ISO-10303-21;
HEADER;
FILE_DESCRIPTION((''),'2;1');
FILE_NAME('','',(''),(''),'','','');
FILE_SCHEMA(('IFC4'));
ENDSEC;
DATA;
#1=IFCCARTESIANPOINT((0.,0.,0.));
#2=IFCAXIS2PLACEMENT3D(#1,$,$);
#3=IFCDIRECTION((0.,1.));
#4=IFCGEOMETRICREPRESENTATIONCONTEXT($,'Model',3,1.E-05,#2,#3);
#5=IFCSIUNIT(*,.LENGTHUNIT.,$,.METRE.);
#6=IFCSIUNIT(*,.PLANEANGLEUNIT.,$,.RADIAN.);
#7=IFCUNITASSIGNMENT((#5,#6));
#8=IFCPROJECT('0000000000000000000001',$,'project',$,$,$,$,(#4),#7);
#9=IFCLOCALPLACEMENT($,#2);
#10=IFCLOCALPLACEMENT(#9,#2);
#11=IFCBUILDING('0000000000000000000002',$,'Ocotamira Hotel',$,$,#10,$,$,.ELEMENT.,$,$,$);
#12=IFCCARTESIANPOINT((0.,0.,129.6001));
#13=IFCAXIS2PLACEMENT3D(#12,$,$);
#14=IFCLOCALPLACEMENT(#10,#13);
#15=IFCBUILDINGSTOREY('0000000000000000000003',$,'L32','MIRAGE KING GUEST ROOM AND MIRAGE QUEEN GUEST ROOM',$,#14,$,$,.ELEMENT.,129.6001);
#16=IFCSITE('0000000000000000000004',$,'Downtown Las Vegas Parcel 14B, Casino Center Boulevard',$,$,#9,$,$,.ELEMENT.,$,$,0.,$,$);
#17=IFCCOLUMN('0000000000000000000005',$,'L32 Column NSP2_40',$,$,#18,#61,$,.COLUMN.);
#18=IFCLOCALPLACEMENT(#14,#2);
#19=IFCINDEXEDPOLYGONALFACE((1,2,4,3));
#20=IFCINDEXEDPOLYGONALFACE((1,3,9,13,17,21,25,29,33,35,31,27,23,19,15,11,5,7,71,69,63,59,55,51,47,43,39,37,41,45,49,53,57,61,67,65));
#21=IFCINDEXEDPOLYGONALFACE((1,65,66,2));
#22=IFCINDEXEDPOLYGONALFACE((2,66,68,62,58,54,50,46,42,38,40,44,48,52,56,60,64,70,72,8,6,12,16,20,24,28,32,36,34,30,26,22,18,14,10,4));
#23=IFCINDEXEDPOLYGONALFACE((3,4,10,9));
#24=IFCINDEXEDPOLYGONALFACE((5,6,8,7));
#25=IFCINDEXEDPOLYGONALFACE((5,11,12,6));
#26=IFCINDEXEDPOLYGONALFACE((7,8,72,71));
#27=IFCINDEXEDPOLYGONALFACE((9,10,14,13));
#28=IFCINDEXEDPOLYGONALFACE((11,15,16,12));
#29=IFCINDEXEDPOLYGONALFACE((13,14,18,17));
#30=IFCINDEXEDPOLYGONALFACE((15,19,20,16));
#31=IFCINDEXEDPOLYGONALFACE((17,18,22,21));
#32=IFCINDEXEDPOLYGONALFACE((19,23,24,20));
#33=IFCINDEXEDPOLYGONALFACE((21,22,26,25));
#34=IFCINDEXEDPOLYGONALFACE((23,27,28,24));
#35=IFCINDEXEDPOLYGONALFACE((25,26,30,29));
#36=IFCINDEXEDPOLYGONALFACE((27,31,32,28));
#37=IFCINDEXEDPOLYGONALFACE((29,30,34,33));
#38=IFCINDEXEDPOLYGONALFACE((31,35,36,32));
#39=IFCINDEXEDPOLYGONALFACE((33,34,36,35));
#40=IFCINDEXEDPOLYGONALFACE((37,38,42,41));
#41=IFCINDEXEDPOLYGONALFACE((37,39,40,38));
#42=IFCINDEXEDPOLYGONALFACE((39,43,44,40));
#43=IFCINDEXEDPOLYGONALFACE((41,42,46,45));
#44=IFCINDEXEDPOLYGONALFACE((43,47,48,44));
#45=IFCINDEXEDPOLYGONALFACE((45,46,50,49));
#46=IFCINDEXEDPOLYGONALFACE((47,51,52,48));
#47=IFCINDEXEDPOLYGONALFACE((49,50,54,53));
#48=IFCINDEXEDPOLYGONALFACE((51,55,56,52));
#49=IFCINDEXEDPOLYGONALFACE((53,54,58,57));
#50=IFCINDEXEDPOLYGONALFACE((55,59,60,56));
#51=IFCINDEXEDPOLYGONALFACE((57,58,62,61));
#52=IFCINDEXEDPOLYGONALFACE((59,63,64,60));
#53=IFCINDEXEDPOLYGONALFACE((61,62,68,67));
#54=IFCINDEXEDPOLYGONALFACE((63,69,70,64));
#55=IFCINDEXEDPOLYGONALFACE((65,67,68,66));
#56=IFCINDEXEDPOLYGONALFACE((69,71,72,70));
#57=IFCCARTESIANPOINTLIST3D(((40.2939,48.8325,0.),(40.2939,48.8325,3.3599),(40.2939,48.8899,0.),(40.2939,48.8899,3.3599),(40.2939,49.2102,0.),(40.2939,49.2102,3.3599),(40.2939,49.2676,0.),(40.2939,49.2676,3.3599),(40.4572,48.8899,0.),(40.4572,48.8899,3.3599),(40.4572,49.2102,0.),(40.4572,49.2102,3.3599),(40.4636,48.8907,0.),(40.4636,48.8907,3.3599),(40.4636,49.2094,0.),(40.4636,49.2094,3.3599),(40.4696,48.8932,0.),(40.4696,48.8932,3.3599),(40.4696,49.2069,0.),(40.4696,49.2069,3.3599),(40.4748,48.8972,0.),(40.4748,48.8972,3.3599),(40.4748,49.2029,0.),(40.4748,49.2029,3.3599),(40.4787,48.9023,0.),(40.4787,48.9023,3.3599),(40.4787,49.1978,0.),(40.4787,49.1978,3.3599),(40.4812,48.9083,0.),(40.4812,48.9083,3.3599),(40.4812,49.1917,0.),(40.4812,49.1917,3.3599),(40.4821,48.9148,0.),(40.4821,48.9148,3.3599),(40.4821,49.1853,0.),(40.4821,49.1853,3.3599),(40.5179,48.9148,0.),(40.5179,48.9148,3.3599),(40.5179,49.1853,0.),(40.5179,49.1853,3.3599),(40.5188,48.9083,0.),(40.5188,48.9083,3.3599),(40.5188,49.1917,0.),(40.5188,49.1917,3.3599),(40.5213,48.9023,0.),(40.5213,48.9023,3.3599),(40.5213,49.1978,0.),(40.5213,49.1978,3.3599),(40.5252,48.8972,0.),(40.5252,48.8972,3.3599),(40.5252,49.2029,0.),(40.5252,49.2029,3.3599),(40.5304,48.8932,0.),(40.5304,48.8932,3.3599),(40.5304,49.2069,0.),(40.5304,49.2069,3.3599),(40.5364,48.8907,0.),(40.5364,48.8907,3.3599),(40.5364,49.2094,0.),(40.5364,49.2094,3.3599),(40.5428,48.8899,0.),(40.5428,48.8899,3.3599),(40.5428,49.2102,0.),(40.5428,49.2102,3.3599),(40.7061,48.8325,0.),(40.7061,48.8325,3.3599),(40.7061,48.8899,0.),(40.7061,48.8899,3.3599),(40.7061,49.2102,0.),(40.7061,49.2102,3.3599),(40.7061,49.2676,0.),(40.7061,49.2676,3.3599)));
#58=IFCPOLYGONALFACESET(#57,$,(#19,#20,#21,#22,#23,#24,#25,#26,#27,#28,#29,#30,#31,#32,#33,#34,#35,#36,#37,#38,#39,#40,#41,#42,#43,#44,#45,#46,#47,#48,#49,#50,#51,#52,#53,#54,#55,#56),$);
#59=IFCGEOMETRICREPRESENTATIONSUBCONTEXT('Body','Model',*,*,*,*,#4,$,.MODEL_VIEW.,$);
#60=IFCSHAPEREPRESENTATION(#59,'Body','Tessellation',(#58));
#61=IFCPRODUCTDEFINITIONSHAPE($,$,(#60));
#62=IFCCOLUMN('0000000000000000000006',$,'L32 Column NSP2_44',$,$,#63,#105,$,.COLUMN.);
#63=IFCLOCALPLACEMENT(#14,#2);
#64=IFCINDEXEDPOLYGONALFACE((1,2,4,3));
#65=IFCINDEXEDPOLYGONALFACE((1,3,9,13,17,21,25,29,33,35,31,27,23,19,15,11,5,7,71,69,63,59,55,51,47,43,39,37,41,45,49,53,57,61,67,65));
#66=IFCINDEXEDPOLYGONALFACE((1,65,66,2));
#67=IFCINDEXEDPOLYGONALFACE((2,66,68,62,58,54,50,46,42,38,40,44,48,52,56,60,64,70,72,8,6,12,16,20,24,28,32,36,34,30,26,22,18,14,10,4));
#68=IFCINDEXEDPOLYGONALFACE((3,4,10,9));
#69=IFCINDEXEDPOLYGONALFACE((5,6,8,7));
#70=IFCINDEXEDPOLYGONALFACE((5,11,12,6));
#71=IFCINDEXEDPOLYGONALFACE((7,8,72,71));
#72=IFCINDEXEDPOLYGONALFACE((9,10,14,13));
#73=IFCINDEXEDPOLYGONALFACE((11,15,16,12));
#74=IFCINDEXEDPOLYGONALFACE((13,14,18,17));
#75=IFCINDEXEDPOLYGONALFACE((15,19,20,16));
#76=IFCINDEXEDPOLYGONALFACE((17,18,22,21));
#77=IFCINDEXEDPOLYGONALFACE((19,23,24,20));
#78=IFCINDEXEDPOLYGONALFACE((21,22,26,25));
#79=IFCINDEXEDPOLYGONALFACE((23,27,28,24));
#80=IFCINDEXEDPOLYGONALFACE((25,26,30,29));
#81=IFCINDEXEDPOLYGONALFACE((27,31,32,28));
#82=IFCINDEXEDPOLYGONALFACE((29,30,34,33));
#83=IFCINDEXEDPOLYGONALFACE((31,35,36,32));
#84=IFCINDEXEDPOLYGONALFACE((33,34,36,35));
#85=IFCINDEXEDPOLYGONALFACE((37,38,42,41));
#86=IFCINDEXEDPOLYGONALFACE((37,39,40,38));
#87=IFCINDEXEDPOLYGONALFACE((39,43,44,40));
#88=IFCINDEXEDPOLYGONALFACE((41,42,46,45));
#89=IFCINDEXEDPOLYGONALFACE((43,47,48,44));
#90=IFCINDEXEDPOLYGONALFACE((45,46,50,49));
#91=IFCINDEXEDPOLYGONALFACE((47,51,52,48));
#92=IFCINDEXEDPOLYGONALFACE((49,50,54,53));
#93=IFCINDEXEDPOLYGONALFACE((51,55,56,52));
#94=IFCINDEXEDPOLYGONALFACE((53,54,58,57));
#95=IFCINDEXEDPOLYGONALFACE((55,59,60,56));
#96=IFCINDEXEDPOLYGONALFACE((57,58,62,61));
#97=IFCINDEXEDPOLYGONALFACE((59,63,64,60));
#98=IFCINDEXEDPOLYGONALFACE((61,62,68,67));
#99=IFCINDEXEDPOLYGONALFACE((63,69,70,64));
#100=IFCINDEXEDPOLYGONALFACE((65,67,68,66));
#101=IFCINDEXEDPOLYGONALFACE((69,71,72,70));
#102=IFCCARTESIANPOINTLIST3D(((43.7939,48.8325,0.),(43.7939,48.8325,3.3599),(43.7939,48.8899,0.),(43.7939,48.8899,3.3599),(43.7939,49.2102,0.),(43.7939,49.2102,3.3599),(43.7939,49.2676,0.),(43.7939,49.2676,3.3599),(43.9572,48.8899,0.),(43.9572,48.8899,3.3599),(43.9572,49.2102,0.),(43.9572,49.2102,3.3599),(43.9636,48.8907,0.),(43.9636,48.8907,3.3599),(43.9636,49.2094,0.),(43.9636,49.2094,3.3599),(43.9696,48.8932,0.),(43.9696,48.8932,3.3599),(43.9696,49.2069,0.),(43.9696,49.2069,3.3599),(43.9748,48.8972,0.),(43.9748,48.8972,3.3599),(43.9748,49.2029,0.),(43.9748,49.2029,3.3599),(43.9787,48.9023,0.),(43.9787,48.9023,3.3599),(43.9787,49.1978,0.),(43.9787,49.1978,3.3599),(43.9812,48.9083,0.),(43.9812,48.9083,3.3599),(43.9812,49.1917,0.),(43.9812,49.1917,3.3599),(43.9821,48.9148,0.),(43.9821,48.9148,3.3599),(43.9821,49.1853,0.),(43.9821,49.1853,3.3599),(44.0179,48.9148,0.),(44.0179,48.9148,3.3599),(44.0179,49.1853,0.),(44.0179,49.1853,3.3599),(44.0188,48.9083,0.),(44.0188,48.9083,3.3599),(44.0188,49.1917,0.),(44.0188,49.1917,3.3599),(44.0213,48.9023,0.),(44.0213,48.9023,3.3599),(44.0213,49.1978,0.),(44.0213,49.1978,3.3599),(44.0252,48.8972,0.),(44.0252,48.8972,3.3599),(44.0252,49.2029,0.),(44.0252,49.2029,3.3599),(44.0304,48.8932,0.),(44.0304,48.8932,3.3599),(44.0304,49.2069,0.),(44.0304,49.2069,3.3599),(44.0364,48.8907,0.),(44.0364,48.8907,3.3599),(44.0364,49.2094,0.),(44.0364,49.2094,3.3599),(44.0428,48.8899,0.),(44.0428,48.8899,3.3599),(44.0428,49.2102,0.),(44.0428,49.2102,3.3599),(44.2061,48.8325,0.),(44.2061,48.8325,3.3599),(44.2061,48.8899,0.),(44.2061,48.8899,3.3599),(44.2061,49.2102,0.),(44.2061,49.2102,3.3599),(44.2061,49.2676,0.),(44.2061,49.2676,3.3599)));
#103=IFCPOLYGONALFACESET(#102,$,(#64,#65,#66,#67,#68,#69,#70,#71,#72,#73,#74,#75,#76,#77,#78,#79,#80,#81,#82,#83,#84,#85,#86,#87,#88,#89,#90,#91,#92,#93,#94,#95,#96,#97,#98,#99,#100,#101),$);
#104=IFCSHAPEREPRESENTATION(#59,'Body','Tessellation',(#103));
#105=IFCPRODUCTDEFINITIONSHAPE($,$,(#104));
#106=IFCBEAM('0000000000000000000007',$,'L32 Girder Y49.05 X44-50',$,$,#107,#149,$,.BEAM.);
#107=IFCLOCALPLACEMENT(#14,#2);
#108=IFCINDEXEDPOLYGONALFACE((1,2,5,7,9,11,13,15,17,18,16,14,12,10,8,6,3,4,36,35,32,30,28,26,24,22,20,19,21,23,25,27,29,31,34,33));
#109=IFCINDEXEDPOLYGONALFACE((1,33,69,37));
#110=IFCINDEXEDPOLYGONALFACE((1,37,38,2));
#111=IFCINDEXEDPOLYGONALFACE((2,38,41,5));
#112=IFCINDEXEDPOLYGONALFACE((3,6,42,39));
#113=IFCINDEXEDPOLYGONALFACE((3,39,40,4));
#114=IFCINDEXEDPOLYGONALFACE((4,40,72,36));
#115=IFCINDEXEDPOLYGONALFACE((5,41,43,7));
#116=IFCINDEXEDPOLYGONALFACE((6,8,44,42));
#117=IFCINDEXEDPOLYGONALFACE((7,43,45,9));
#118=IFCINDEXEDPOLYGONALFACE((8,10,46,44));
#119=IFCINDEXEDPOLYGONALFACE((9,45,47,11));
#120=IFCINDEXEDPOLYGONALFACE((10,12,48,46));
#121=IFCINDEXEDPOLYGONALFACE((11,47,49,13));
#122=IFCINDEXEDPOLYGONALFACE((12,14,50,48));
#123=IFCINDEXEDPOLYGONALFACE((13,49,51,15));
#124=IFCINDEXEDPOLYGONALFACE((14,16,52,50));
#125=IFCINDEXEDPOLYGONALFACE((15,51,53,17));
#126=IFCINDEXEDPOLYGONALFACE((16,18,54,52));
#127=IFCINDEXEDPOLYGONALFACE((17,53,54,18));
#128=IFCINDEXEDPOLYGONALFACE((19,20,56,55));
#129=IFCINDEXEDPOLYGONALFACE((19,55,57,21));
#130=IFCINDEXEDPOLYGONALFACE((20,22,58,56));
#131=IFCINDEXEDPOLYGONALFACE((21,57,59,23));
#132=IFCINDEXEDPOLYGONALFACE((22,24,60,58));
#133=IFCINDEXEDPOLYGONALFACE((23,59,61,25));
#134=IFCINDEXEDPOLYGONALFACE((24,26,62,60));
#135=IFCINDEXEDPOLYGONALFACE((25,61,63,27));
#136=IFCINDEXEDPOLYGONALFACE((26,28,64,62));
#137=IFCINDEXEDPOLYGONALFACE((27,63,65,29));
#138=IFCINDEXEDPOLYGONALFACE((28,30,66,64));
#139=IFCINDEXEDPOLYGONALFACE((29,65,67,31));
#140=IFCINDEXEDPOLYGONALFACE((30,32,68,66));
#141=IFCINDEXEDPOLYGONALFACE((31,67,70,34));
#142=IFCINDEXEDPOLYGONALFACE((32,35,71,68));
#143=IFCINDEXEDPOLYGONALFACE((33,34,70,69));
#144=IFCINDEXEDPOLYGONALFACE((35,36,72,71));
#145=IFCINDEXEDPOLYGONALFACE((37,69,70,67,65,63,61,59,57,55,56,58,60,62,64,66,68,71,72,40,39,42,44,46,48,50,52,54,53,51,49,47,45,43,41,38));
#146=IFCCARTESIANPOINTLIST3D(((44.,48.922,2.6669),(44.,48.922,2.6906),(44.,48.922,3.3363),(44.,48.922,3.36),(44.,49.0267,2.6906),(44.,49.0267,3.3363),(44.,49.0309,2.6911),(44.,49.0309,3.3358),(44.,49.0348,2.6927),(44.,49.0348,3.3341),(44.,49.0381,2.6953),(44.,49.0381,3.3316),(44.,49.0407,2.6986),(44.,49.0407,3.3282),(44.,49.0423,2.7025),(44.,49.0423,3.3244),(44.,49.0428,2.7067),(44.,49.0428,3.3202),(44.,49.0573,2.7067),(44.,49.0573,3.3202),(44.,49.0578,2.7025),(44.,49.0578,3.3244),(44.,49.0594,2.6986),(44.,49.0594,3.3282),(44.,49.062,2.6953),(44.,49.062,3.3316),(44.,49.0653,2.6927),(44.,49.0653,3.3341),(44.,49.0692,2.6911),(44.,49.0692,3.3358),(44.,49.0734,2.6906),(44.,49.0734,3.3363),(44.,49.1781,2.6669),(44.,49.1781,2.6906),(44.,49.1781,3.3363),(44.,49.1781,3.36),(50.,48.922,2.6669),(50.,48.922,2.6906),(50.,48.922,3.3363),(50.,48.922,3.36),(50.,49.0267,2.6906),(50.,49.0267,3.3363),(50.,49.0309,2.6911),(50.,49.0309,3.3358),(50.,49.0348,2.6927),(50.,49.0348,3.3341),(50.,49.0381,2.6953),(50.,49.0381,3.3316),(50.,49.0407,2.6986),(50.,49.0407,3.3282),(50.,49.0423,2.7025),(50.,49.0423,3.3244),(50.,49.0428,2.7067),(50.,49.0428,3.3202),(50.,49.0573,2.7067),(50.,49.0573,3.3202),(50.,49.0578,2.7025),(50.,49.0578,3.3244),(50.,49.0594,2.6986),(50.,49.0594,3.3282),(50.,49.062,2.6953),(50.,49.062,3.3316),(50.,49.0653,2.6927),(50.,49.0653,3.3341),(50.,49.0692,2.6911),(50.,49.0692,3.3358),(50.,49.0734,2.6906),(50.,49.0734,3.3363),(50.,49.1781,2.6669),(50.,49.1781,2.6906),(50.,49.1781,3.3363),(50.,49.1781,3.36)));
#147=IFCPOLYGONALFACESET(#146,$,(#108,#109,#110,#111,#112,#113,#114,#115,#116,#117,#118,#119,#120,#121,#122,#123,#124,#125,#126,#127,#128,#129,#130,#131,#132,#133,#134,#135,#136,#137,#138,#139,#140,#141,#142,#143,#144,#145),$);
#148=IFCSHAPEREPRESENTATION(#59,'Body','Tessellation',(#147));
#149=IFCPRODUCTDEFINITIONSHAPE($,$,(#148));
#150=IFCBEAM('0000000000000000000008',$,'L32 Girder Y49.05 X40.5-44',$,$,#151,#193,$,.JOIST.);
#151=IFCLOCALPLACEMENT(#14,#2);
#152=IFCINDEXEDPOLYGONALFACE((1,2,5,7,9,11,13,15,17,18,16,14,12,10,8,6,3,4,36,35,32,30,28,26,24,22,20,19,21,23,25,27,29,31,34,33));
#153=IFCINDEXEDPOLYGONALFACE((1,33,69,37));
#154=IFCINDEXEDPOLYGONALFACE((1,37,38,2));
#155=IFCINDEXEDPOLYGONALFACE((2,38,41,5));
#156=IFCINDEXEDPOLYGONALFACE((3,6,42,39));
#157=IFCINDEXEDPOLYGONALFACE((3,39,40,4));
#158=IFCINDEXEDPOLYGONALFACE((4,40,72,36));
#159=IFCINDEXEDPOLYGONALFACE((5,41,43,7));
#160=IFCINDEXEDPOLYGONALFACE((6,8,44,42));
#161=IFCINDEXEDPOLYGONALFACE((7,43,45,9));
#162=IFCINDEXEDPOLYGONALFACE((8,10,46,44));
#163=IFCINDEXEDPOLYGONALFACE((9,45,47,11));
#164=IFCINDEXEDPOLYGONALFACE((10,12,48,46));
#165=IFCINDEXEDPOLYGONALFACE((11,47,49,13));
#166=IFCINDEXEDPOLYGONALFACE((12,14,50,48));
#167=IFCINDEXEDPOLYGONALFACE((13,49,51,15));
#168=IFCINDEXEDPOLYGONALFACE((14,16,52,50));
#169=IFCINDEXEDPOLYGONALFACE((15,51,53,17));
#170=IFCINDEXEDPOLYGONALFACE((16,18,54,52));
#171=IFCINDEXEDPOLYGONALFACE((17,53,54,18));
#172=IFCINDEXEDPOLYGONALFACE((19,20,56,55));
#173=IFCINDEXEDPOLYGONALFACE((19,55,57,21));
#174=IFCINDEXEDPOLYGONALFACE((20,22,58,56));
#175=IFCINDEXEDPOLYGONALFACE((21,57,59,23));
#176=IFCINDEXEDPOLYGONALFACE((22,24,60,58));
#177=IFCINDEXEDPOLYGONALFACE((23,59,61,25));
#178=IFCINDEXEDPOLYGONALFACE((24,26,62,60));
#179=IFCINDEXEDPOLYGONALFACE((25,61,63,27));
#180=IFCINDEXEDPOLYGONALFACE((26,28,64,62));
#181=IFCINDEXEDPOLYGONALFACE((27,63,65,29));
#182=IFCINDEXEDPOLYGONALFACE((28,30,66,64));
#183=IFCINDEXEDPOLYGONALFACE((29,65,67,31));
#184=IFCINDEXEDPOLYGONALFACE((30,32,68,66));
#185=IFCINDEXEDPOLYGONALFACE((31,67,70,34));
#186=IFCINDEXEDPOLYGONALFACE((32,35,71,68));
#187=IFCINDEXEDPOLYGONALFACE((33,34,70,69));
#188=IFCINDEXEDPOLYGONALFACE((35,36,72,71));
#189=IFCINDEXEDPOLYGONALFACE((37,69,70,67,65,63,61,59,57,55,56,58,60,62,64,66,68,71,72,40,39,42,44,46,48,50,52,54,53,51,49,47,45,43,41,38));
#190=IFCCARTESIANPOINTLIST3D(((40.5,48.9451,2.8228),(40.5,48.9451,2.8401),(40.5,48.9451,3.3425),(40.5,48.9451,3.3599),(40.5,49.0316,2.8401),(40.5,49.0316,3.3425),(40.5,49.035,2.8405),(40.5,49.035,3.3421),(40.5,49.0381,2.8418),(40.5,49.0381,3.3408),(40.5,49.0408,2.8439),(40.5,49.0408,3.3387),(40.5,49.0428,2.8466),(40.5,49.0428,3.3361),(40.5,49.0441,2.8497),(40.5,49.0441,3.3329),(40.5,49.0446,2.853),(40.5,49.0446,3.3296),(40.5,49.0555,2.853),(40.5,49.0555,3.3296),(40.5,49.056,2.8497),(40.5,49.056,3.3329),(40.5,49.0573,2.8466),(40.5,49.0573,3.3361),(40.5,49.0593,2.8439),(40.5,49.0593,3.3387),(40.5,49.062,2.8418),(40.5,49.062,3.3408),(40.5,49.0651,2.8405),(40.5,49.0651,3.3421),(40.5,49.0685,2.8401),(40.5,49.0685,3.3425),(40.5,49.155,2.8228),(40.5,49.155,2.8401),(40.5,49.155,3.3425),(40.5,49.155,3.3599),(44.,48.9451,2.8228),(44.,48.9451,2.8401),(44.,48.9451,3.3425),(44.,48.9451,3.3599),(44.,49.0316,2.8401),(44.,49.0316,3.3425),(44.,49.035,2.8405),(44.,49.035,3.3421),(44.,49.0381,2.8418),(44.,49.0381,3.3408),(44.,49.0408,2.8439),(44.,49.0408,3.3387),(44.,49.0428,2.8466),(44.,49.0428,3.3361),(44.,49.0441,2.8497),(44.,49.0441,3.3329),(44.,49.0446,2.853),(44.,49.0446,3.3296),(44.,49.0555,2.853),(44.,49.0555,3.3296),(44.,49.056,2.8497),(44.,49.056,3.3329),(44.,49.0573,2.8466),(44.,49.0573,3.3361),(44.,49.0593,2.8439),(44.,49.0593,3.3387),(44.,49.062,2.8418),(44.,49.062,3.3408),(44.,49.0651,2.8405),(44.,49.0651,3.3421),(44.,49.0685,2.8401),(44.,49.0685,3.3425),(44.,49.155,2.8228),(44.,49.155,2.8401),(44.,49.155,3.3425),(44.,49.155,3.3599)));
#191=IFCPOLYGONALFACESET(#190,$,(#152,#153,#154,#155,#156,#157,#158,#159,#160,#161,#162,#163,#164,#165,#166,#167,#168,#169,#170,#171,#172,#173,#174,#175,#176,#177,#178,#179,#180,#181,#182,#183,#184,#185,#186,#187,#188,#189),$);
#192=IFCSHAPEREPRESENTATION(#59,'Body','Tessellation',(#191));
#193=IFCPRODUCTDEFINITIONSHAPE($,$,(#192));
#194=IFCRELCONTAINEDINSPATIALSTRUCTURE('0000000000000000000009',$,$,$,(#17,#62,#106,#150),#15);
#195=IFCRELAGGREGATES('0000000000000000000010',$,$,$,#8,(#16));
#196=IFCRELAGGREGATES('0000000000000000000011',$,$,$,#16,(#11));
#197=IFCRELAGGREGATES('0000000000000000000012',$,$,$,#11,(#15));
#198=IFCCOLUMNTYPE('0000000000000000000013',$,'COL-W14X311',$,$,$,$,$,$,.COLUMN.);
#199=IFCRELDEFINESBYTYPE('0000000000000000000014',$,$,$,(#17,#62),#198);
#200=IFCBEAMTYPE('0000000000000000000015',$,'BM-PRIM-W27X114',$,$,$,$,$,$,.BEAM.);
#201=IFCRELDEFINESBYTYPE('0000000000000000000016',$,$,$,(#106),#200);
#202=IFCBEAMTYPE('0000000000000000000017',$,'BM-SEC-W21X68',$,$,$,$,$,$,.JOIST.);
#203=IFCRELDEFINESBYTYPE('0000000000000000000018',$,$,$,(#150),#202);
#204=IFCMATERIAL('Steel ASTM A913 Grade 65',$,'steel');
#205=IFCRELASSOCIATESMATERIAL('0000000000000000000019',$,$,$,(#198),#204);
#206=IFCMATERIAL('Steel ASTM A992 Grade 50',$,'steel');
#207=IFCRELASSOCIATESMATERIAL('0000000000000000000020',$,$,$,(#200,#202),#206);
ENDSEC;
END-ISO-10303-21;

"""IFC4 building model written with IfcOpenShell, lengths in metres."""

from ifc_helpers import new_model, si_unit, direction, frame, origin, origin_2d, place, context, subcontext, project, spatial, i_section, extrude, source, transform, mapped, material, material_profile, profile_set, type_object, element, save


model = new_model("IFC4")

# Units and contexts
model_context = context("Model", 3, precision=1e-05, world=origin(), true_north=direction((0.0, 1.0)))
body_context = subcontext(model_context, "Body", "Model", "MODEL_VIEW")
ifc_project = project(units=[si_unit("LENGTHUNIT", "METRE"), si_unit("PLANEANGLEUNIT", "RADIAN")], contexts=[model_context])

# Site, building, storey
site_placement = place(None, origin())
site = spatial("IfcSite", under=ifc_project, at=site_placement, Name="Downtown Las Vegas Parcel 14B, Casino Center Boulevard", CompositionType="ELEMENT", RefElevation=0.0)
building_placement = place(site_placement, origin())
building = spatial("IfcBuilding", under=site, at=building_placement, Name="Ocotamira Hotel", CompositionType="ELEMENT")
storey_placement = place(building_placement, frame((0.0, 0.0, 129.6001)))
storey = spatial("IfcBuildingStorey", under=building, at=storey_placement, Name="L32", Description="MIRAGE KING GUEST ROOM AND MIRAGE QUEEN GUEST ROOM", CompositionType="ELEMENT", Elevation=129.6001)

# Columns
ifc_material_1 = material(Name="Steel ASTM A913 Grade 65", Category="steel")
ifc_material_profile_1 = material_profile(ifc_material_1, i_section(OverallWidth=0.4121, OverallDepth=0.4351, WebThickness=0.0359, FlangeThickness=0.0574, FilletRadius=0.0249, at=origin_2d()), Name="W14X311")
ifc_profile_set_1 = profile_set([ifc_material_profile_1], Name="Steel ASTM A913 Grade 65")
column_type = type_object("IfcColumnType", Name="COL-W14X311", PredefinedType="COLUMN", material=ifc_profile_set_1)
shared_shape_1 = source(origin(), body_context, "Body", "SweptSolid", [
    extrude(i_section(OverallWidth=0.4121, OverallDepth=0.4351, WebThickness=0.0359, FlangeThickness=0.0574, FilletRadius=0.0249, at=origin_2d()), origin(), (0.0, 0.0, 1.0), 3.3599),
])
for number, where, z_axis, x_axis, name in (
    (1, (40.5, 49.05, 0.0), (0.0, 0.0, 1.0), (1.0, 0.0, 0.0), "L32 Column NSP2_40"),
    (2, (44.0, 49.05, 0.0), (0.0, 0.0, 1.0), (1.0, 0.0, 0.0), "L32 Column NSP2_44"),
):
    element("IfcColumn", number, at=place(storey_placement, frame(where, z_axis=z_axis, x_axis=x_axis)), inside=storey, type_object=column_type, Name=name, PredefinedType="COLUMN", context=body_context, shape_type="MappedRepresentation", body=[
        mapped(shared_shape_1, transform((0.0, 0.0, 0.0), scale=1.0)),
    ])

# Beams
ifc_material_2 = material(Name="Steel ASTM A992 Grade 50", Category="steel")
ifc_material_profile_2 = material_profile(ifc_material_2, i_section(OverallWidth=0.2561, OverallDepth=0.6931, WebThickness=0.0144, FlangeThickness=0.0237, FilletRadius=0.0161, at=origin_2d()), Name="W27X114")
ifc_profile_set_2 = profile_set([ifc_material_profile_2], Name="Steel ASTM A992 Grade 50")
beam_type_1 = type_object("IfcBeamType", Name="BM-PRIM-W27X114", PredefinedType="BEAM", material=ifc_profile_set_2)
shared_shape_2 = source(origin(), body_context, "Body", "SweptSolid", [
    extrude(i_section(OverallWidth=0.2561, OverallDepth=0.6931, WebThickness=0.0144, FlangeThickness=0.0237, FilletRadius=0.0161, at=origin_2d()), origin(), (0.0, 0.0, 1.0), 6.0),
])
beam_1_placement = place(storey_placement, frame((44.0, 49.05, 3.0134), z_axis=(1.0, 0.0, 0.0), x_axis=(0.0, 1.0, 0.0)))
element("IfcBeam", 3, at=beam_1_placement, inside=storey, type_object=beam_type_1, Name="L32 Girder Y49.05 X44-50", PredefinedType="BEAM", context=body_context, shape_type="MappedRepresentation", body=[
    mapped(shared_shape_2, transform((0.0, 0.0, 0.0), scale=1.0)),
])
ifc_material_profile_3 = material_profile(ifc_material_2, i_section(OverallWidth=0.21, OverallDepth=0.5371, WebThickness=0.011, FlangeThickness=0.0173, FilletRadius=0.0129, at=origin_2d()), Name="W21X68")
ifc_profile_set_3 = profile_set([ifc_material_profile_3], Name="Steel ASTM A992 Grade 50")
beam_type_2 = type_object("IfcBeamType", Name="BM-SEC-W21X68", PredefinedType="JOIST", material=ifc_profile_set_3)
shared_shape_3 = source(origin(), body_context, "Body", "SweptSolid", [
    extrude(i_section(OverallWidth=0.21, OverallDepth=0.5371, WebThickness=0.011, FlangeThickness=0.0173, FilletRadius=0.0129, at=origin_2d()), origin(), (0.0, 0.0, 1.0), 3.5),
])
beam_2_placement = place(storey_placement, frame((40.5, 49.05, 3.0913), z_axis=(1.0, 0.0, 0.0), x_axis=(0.0, 1.0, 0.0)))
element("IfcBeam", 4, at=beam_2_placement, inside=storey, type_object=beam_type_2, Name="L32 Girder Y49.05 X40.5-44", PredefinedType="JOIST", context=body_context, shape_type="MappedRepresentation", body=[
    mapped(shared_shape_3, transform((0.0, 0.0, 0.0), scale=1.0)),
])

save(model, "model.ifc")
